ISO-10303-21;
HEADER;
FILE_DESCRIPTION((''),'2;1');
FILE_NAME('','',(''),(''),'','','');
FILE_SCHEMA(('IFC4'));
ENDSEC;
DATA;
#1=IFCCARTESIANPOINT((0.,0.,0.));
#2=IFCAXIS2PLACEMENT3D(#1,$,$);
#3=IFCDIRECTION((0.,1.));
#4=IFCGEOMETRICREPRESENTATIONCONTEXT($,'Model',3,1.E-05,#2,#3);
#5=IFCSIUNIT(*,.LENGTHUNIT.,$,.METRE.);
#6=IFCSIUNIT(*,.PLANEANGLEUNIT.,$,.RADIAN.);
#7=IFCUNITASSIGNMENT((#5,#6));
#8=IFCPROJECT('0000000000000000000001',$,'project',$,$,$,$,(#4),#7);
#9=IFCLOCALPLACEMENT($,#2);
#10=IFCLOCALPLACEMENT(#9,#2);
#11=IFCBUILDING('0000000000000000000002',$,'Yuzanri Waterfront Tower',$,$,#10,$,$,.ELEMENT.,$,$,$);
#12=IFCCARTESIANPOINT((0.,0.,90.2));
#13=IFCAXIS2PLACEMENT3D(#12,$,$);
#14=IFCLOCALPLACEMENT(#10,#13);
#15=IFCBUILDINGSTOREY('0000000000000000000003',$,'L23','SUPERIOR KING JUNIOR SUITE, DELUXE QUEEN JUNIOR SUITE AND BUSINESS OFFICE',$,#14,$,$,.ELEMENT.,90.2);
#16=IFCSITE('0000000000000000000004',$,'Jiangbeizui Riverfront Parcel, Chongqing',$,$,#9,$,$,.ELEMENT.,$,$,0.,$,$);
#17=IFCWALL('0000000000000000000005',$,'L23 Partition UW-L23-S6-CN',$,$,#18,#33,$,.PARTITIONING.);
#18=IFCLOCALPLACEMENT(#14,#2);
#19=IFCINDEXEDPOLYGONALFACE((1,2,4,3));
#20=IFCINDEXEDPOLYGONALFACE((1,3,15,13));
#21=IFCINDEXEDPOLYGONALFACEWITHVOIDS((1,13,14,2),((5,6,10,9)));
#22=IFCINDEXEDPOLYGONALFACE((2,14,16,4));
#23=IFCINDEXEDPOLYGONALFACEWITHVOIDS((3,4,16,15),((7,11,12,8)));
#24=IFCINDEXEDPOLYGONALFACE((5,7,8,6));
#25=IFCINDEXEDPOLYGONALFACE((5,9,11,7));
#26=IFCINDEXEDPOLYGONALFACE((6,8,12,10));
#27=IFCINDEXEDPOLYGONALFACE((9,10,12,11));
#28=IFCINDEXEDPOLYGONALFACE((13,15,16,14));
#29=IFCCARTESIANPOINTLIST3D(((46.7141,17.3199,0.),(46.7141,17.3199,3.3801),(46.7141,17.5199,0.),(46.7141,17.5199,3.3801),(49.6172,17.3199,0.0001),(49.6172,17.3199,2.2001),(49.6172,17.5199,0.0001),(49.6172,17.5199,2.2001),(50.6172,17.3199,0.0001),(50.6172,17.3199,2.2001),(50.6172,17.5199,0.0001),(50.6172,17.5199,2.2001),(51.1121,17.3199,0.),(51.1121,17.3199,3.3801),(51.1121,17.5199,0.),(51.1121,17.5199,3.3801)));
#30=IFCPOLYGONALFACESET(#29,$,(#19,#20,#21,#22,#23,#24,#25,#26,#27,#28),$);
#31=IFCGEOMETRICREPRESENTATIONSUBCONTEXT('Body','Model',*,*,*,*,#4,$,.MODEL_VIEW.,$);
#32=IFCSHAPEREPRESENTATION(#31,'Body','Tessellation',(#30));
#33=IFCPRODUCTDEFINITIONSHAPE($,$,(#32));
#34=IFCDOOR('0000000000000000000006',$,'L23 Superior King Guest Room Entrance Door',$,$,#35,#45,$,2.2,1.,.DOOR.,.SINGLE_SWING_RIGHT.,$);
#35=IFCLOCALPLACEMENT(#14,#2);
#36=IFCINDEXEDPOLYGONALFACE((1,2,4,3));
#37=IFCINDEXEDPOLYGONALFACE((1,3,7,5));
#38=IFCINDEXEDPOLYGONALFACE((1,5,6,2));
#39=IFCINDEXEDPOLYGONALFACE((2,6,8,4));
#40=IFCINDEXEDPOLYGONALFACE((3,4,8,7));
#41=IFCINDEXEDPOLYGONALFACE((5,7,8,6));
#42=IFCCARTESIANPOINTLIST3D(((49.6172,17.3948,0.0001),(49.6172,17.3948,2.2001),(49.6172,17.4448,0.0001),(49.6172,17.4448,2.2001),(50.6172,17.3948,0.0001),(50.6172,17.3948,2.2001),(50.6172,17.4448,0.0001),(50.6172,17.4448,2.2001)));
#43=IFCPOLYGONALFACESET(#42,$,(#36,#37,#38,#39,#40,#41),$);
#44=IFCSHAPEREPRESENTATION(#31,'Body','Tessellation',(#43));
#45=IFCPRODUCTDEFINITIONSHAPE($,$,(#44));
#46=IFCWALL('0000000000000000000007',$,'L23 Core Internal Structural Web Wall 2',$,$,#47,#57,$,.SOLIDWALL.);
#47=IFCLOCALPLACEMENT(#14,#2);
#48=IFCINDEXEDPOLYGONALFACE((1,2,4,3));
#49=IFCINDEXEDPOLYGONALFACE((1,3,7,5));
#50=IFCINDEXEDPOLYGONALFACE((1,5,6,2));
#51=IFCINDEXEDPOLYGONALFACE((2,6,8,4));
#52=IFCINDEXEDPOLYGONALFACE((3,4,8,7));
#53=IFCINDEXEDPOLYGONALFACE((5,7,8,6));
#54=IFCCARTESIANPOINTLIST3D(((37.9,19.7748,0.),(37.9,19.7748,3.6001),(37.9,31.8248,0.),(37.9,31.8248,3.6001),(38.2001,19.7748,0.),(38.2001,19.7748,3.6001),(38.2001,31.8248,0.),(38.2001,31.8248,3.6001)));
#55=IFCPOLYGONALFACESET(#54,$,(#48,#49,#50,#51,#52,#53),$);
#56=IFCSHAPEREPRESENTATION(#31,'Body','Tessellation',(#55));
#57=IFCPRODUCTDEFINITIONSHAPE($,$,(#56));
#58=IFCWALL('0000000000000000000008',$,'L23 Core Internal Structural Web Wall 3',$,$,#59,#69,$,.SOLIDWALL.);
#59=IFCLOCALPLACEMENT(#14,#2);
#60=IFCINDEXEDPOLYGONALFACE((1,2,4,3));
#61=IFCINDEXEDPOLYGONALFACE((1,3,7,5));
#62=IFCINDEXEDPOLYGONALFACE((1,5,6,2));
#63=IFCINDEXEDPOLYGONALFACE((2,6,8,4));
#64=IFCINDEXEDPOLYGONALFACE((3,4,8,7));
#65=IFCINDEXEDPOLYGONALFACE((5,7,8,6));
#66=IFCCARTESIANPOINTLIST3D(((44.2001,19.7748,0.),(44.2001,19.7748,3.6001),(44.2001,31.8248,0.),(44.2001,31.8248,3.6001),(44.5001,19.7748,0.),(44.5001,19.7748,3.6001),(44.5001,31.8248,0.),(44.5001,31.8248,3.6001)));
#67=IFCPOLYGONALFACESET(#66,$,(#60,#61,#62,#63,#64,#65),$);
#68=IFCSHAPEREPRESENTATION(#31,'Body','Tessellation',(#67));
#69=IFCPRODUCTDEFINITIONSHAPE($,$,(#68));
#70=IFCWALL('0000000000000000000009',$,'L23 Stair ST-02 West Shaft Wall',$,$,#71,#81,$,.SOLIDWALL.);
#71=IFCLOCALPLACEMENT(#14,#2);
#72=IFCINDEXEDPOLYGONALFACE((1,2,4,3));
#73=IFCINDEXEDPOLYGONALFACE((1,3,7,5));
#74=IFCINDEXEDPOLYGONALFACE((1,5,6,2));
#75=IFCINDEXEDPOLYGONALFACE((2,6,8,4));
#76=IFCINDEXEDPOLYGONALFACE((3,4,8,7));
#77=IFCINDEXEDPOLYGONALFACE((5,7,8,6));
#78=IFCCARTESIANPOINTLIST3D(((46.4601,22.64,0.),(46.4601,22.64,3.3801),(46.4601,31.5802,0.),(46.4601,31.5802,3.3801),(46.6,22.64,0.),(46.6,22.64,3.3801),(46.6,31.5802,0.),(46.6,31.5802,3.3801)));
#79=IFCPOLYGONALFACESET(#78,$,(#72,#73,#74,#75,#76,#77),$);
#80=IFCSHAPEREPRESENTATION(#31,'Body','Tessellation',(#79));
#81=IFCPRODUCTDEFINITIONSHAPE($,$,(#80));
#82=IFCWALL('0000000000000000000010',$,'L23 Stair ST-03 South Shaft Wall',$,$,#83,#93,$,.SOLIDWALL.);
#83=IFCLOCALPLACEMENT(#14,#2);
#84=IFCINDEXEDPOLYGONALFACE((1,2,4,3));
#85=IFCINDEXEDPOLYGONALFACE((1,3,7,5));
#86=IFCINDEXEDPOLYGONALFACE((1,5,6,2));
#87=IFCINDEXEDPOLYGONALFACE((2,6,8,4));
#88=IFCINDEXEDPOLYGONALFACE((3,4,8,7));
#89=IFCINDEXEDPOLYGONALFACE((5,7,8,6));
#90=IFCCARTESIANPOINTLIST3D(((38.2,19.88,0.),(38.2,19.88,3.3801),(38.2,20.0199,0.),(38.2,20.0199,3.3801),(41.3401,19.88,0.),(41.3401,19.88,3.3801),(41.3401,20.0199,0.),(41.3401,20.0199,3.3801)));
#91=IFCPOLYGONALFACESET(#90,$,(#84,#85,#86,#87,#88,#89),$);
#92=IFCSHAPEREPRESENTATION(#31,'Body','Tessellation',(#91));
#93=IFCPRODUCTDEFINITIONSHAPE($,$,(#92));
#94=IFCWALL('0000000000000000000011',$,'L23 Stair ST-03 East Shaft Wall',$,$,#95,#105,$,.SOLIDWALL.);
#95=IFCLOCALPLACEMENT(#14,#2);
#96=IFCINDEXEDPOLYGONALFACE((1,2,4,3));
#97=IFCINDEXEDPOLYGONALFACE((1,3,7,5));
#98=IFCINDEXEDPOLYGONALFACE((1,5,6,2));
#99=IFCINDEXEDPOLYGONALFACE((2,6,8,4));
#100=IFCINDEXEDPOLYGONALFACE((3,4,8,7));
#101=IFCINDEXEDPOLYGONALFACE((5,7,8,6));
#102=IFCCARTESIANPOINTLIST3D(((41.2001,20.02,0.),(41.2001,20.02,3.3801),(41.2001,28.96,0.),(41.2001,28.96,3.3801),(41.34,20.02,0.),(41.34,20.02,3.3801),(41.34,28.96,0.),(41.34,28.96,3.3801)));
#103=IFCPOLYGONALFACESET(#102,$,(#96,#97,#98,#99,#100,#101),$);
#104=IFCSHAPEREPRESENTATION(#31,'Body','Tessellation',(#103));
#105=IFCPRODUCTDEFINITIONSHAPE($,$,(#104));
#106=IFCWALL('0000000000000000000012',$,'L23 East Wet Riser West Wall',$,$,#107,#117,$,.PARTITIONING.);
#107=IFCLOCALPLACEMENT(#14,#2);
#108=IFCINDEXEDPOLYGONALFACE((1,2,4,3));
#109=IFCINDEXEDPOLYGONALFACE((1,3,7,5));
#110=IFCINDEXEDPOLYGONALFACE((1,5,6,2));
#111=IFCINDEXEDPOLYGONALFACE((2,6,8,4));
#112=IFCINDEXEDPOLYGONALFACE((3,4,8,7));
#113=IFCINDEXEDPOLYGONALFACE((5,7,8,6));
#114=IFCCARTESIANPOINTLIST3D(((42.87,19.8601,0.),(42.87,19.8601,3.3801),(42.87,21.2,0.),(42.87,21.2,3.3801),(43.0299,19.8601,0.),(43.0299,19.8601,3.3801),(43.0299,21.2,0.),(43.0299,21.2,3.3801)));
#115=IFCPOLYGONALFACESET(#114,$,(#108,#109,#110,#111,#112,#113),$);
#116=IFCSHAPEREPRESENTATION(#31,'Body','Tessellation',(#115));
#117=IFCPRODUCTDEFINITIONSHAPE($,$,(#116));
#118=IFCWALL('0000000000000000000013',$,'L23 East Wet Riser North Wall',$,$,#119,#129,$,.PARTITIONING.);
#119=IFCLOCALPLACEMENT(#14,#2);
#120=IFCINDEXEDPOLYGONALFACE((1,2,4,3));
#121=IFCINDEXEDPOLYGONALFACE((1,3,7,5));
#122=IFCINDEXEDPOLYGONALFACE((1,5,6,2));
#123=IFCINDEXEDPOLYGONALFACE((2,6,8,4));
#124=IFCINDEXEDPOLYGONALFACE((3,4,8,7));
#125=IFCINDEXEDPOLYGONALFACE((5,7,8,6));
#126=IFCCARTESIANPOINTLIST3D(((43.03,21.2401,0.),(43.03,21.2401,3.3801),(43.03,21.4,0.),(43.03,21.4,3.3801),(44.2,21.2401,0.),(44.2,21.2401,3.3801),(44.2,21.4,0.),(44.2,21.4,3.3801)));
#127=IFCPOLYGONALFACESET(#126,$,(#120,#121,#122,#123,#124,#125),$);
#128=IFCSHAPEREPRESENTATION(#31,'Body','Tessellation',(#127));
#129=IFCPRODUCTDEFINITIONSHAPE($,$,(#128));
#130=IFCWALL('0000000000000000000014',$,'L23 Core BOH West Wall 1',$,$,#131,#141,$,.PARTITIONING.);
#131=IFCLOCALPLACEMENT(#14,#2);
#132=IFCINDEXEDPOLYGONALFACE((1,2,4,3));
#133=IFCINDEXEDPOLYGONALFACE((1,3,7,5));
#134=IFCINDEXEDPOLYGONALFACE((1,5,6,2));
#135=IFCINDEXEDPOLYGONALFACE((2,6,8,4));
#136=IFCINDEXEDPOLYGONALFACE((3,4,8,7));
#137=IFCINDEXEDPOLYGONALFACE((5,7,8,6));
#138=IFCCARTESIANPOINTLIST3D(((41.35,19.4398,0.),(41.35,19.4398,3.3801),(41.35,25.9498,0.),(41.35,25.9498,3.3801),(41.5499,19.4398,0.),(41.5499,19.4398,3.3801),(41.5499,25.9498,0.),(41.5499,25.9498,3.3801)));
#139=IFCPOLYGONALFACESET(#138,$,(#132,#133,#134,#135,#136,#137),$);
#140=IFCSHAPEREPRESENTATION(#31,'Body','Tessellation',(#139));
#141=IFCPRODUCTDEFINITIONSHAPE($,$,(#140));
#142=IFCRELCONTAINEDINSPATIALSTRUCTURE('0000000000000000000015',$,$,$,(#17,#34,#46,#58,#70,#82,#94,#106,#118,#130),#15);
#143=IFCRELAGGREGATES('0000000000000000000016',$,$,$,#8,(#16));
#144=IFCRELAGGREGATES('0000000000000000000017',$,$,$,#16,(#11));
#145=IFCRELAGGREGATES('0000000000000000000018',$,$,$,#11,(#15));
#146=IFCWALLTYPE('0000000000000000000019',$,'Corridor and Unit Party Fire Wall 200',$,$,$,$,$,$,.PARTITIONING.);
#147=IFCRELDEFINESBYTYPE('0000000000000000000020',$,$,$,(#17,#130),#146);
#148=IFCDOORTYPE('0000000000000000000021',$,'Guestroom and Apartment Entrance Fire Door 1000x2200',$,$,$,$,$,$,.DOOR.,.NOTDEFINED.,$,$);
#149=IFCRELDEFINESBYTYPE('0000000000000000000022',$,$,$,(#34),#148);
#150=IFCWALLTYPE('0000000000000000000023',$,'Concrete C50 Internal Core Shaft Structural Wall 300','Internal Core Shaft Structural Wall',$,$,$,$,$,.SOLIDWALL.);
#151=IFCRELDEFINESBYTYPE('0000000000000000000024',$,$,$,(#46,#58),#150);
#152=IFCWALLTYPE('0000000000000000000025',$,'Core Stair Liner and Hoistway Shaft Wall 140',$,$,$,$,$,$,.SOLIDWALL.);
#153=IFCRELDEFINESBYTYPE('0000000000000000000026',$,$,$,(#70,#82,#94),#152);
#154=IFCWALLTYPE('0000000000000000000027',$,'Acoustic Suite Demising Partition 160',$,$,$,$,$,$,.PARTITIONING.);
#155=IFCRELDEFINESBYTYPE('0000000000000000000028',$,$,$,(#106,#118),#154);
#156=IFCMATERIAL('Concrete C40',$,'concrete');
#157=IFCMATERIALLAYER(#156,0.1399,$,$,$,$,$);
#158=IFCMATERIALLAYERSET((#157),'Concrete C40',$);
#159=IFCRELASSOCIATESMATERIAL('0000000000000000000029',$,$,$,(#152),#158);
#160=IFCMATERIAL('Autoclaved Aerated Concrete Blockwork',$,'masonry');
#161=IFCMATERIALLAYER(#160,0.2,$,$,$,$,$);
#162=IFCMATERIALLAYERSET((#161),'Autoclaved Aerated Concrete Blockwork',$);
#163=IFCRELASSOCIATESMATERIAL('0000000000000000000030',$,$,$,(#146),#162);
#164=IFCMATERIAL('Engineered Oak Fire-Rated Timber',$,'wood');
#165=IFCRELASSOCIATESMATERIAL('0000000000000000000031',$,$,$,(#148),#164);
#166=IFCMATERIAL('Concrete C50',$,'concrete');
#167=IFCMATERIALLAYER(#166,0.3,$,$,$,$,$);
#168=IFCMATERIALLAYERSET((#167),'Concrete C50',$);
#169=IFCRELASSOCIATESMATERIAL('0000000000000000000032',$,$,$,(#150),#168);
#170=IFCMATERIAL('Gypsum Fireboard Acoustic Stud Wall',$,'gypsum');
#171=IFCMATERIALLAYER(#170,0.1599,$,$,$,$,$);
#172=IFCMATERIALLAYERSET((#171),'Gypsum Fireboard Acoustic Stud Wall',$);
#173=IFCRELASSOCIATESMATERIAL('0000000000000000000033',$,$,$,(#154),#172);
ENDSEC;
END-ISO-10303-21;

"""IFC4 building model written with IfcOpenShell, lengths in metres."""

from ifc_helpers import new_model, si_unit, direction, frame, frame_2d, origin, place, context, subcontext, project, spatial, rectangle, extrude, source, transform, mapped, material, layer, layer_set, type_object, element, fill, save


model = new_model("IFC4")

# Units and contexts
model_context = context("Model", 3, precision=1e-05, world=origin(), true_north=direction((0.0, 1.0)))
body_context = subcontext(model_context, "Body", "Model", "MODEL_VIEW")
ifc_project = project(units=[si_unit("LENGTHUNIT", "METRE"), si_unit("PLANEANGLEUNIT", "RADIAN")], contexts=[model_context])

# Site, building, storey
site_placement = place(None, origin())
site = spatial("IfcSite", under=ifc_project, at=site_placement, Name="Jiangbeizui Riverfront Parcel, Chongqing", CompositionType="ELEMENT", RefElevation=0.0)
building_placement = place(site_placement, origin())
building = spatial("IfcBuilding", under=site, at=building_placement, Name="Yuzanri Waterfront Tower", CompositionType="ELEMENT")
storey_placement = place(building_placement, frame((0.0, 0.0, 90.2)))
storey = spatial("IfcBuildingStorey", under=building, at=storey_placement, Name="L23", Description="SUPERIOR KING JUNIOR SUITE, DELUXE QUEEN JUNIOR SUITE AND BUSINESS OFFICE", CompositionType="ELEMENT", Elevation=90.2)

# Wall, opening, door
ifc_material_1 = material(Name="Concrete C40", Category="concrete")
ifc_layer_1 = layer(ifc_material_1, 0.1399)
ifc_layer_set_1 = layer_set([ifc_layer_1], Name="Concrete C40")
wall_type_1 = type_object("IfcWallType", Name="Core Stair Liner and Hoistway Shaft Wall 140", PredefinedType="SOLIDWALL", material=ifc_layer_set_1)
ifc_material_2 = material(Name="Autoclaved Aerated Concrete Blockwork", Category="masonry")
ifc_layer_2 = layer(ifc_material_2, 0.2)
ifc_layer_set_2 = layer_set([ifc_layer_2], Name="Autoclaved Aerated Concrete Blockwork")
wall_type_2 = type_object("IfcWallType", Name="Corridor and Unit Party Fire Wall 200", PredefinedType="PARTITIONING", material=ifc_layer_set_2)
wall_1_placement = place(storey_placement, frame((46.7141, 17.4199, 0.0), z_axis=(0.0, 0.0, 1.0), x_axis=(1.0, 0.0, 0.0)))
wall_1 = element("IfcWall", 1, at=wall_1_placement, inside=storey, type_object=wall_type_2, Name="L23 Partition UW-L23-S6-CN", PredefinedType="PARTITIONING", context=body_context, shape_type="SweptSolid", body=[
    extrude(rectangle(XDim=4.3979, YDim=0.2, at=frame_2d((2.199, 0.0))), origin(), (0.0, 0.0, 1.0), 3.3801),
])
opening_1_placement = place(wall_1_placement, frame((2.9031, 0.0, 0.0)))
opening_1 = element("IfcOpeningElement", 2, at=opening_1_placement, cuts=wall_1, PredefinedType="OPENING", context=body_context, shape_type="SweptSolid", body=[
    extrude(rectangle(XDim=1.0, YDim=2.2, at=frame_2d((0.5, 1.1001))), frame((0.0, 0.1147, 0.0), z_axis=(0.0, -1.0, 0.0), x_axis=(1.0, 0.0, 0.0)), (0.0, 0.0, 1.0), 0.2297),
])
ifc_material_3 = material(Name="Engineered Oak Fire-Rated Timber", Category="wood")
door_type_1 = type_object("IfcDoorType", Name="Guestroom and Apartment Entrance Fire Door 1000x2200", OperationType="NOTDEFINED", PredefinedType="DOOR", material=ifc_material_3)
shared_shape_1 = source(origin(), body_context, "Body", "SweptSolid", [
    extrude(rectangle(XDim=1.0, YDim=2.2, at=frame_2d((0.5, 1.1001))), frame((0.0, 0.0249, 0.0), z_axis=(0.0, -1.0, 0.0), x_axis=(1.0, 0.0, 0.0)), (0.0, 0.0, 1.0), 0.05),
])
door_1_placement = place(opening_1_placement, origin())
door_1 = element("IfcDoor", 3, at=door_1_placement, inside=storey, type_object=door_type_1, Name="L23 Superior King Guest Room Entrance Door", OperationType="SINGLE_SWING_RIGHT", OverallHeight=2.2, OverallWidth=1.0, PredefinedType="DOOR", context=body_context, shape_type="MappedRepresentation", body=[
    mapped(shared_shape_1, transform((0.0, 0.0, 0.0), scale=1.0)),
])
fill(opening_1, door_1)

# Walls
ifc_material_4 = material(Name="Concrete C50", Category="concrete")
ifc_layer_3 = layer(ifc_material_4, 0.3)
ifc_layer_set_3 = layer_set([ifc_layer_3], Name="Concrete C50")
wall_type_3 = type_object("IfcWallType", Name="Concrete C50 Internal Core Shaft Structural Wall 300", Description="Internal Core Shaft Structural Wall", PredefinedType="SOLIDWALL", material=ifc_layer_set_3)
shared_shape_2 = source(origin(), body_context, "Body", "SweptSolid", [
    extrude(rectangle(XDim=12.05, YDim=0.3, at=frame_2d((6.0249, 0.0))), origin(), (0.0, 0.0, 1.0), 3.6001),
])
for number, where, z_axis, x_axis, name in (
    (4, (38.05, 19.7749, 0.0), (0.0, 0.0, 1.0), (0.0, 1.0, 0.0), "L23 Core Internal Structural Web Wall 2"),
    (5, (44.3501, 19.7749, 0.0), (0.0, 0.0, 1.0), (0.0, 1.0, 0.0), "L23 Core Internal Structural Web Wall 3"),
):
    element("IfcWall", number, at=place(storey_placement, frame(where, z_axis=z_axis, x_axis=x_axis)), inside=storey, type_object=wall_type_3, Name=name, PredefinedType="SOLIDWALL", context=body_context, shape_type="MappedRepresentation", body=[
        mapped(shared_shape_2, transform((0.0, 0.0, 0.0), scale=1.0)),
    ])
shared_shape_3 = source(origin(), body_context, "Body", "SweptSolid", [
    extrude(rectangle(XDim=8.9402, YDim=0.1399, at=frame_2d((4.4702, 0.0))), origin(), (0.0, 0.0, 1.0), 3.3801),
])
wall_2_placement = place(storey_placement, frame((46.53, 22.6399, 0.0), z_axis=(0.0, 0.0, 1.0), x_axis=(0.0, 1.0, 0.0)))
element("IfcWall", 6, at=wall_2_placement, inside=storey, type_object=wall_type_1, Name="L23 Stair ST-02 West Shaft Wall", PredefinedType="SOLIDWALL", context=body_context, shape_type="MappedRepresentation", body=[
    mapped(shared_shape_3, transform((0.0, 0.0, 0.0), scale=1.0)),
])
shared_shape_4 = source(origin(), body_context, "Body", "SweptSolid", [
    extrude(rectangle(XDim=3.1401, YDim=0.1399, at=frame_2d((1.5701, 0.0))), origin(), (0.0, 0.0, 1.0), 3.3801),
])
wall_3_placement = place(storey_placement, frame((38.2, 19.95, 0.0), z_axis=(0.0, 0.0, 1.0), x_axis=(1.0, 0.0, 0.0)))
element("IfcWall", 7, at=wall_3_placement, inside=storey, type_object=wall_type_1, Name="L23 Stair ST-03 South Shaft Wall", PredefinedType="SOLIDWALL", context=body_context, shape_type="MappedRepresentation", body=[
    mapped(shared_shape_4, transform((0.0, 0.0, 0.0), scale=1.0)),
])
shared_shape_5 = source(origin(), body_context, "Body", "SweptSolid", [
    extrude(rectangle(XDim=8.9399, YDim=0.1399, at=frame_2d((4.47, 0.0))), origin(), (0.0, 0.0, 1.0), 3.3801),
])
wall_4_placement = place(storey_placement, frame((41.27, 20.02, 0.0), z_axis=(0.0, 0.0, 1.0), x_axis=(0.0, 1.0, 0.0)))
element("IfcWall", 8, at=wall_4_placement, inside=storey, type_object=wall_type_1, Name="L23 Stair ST-03 East Shaft Wall", PredefinedType="SOLIDWALL", context=body_context, shape_type="MappedRepresentation", body=[
    mapped(shared_shape_5, transform((0.0, 0.0, 0.0), scale=1.0)),
])
ifc_material_5 = material(Name="Gypsum Fireboard Acoustic Stud Wall", Category="gypsum")
ifc_layer_4 = layer(ifc_material_5, 0.1599)
ifc_layer_set_4 = layer_set([ifc_layer_4], Name="Gypsum Fireboard Acoustic Stud Wall")
wall_type_4 = type_object("IfcWallType", Name="Acoustic Suite Demising Partition 160", PredefinedType="PARTITIONING", material=ifc_layer_set_4)
shared_shape_6 = source(origin(), body_context, "Body", "SweptSolid", [
    extrude(rectangle(XDim=1.3398, YDim=0.1599, at=frame_2d((0.6699, 0.0))), origin(), (0.0, 0.0, 1.0), 3.3801),
])
wall_5_placement = place(storey_placement, frame((42.95, 19.8601, 0.0), z_axis=(0.0, 0.0, 1.0), x_axis=(0.0, 1.0, 0.0)))
element("IfcWall", 9, at=wall_5_placement, inside=storey, type_object=wall_type_4, Name="L23 East Wet Riser West Wall", PredefinedType="PARTITIONING", context=body_context, shape_type="MappedRepresentation", body=[
    mapped(shared_shape_6, transform((0.0, 0.0, 0.0), scale=1.0)),
])
shared_shape_7 = source(origin(), body_context, "Body", "SweptSolid", [
    extrude(rectangle(XDim=1.1699, YDim=0.1599, at=frame_2d((0.585, 0.0))), origin(), (0.0, 0.0, 1.0), 3.3801),
])
wall_6_placement = place(storey_placement, frame((43.03, 21.3201, 0.0), z_axis=(0.0, 0.0, 1.0), x_axis=(1.0, 0.0, 0.0)))
element("IfcWall", 10, at=wall_6_placement, inside=storey, type_object=wall_type_4, Name="L23 East Wet Riser North Wall", PredefinedType="PARTITIONING", context=body_context, shape_type="MappedRepresentation", body=[
    mapped(shared_shape_7, transform((0.0, 0.0, 0.0), scale=1.0)),
])
shared_shape_8 = source(origin(), body_context, "Body", "SweptSolid", [
    extrude(rectangle(XDim=6.51, YDim=0.2, at=frame_2d((3.2549, 0.0))), origin(), (0.0, 0.0, 1.0), 3.3801),
])
wall_7_placement = place(storey_placement, frame((41.45, 19.4399, 0.0), z_axis=(0.0, 0.0, 1.0), x_axis=(0.0, 1.0, 0.0)))
element("IfcWall", 11, at=wall_7_placement, inside=storey, type_object=wall_type_2, Name="L23 Core BOH West Wall 1", PredefinedType="PARTITIONING", context=body_context, shape_type="MappedRepresentation", body=[
    mapped(shared_shape_8, transform((0.0, 0.0, 0.0), scale=1.0)),
])

save(model, "model.ifc")
